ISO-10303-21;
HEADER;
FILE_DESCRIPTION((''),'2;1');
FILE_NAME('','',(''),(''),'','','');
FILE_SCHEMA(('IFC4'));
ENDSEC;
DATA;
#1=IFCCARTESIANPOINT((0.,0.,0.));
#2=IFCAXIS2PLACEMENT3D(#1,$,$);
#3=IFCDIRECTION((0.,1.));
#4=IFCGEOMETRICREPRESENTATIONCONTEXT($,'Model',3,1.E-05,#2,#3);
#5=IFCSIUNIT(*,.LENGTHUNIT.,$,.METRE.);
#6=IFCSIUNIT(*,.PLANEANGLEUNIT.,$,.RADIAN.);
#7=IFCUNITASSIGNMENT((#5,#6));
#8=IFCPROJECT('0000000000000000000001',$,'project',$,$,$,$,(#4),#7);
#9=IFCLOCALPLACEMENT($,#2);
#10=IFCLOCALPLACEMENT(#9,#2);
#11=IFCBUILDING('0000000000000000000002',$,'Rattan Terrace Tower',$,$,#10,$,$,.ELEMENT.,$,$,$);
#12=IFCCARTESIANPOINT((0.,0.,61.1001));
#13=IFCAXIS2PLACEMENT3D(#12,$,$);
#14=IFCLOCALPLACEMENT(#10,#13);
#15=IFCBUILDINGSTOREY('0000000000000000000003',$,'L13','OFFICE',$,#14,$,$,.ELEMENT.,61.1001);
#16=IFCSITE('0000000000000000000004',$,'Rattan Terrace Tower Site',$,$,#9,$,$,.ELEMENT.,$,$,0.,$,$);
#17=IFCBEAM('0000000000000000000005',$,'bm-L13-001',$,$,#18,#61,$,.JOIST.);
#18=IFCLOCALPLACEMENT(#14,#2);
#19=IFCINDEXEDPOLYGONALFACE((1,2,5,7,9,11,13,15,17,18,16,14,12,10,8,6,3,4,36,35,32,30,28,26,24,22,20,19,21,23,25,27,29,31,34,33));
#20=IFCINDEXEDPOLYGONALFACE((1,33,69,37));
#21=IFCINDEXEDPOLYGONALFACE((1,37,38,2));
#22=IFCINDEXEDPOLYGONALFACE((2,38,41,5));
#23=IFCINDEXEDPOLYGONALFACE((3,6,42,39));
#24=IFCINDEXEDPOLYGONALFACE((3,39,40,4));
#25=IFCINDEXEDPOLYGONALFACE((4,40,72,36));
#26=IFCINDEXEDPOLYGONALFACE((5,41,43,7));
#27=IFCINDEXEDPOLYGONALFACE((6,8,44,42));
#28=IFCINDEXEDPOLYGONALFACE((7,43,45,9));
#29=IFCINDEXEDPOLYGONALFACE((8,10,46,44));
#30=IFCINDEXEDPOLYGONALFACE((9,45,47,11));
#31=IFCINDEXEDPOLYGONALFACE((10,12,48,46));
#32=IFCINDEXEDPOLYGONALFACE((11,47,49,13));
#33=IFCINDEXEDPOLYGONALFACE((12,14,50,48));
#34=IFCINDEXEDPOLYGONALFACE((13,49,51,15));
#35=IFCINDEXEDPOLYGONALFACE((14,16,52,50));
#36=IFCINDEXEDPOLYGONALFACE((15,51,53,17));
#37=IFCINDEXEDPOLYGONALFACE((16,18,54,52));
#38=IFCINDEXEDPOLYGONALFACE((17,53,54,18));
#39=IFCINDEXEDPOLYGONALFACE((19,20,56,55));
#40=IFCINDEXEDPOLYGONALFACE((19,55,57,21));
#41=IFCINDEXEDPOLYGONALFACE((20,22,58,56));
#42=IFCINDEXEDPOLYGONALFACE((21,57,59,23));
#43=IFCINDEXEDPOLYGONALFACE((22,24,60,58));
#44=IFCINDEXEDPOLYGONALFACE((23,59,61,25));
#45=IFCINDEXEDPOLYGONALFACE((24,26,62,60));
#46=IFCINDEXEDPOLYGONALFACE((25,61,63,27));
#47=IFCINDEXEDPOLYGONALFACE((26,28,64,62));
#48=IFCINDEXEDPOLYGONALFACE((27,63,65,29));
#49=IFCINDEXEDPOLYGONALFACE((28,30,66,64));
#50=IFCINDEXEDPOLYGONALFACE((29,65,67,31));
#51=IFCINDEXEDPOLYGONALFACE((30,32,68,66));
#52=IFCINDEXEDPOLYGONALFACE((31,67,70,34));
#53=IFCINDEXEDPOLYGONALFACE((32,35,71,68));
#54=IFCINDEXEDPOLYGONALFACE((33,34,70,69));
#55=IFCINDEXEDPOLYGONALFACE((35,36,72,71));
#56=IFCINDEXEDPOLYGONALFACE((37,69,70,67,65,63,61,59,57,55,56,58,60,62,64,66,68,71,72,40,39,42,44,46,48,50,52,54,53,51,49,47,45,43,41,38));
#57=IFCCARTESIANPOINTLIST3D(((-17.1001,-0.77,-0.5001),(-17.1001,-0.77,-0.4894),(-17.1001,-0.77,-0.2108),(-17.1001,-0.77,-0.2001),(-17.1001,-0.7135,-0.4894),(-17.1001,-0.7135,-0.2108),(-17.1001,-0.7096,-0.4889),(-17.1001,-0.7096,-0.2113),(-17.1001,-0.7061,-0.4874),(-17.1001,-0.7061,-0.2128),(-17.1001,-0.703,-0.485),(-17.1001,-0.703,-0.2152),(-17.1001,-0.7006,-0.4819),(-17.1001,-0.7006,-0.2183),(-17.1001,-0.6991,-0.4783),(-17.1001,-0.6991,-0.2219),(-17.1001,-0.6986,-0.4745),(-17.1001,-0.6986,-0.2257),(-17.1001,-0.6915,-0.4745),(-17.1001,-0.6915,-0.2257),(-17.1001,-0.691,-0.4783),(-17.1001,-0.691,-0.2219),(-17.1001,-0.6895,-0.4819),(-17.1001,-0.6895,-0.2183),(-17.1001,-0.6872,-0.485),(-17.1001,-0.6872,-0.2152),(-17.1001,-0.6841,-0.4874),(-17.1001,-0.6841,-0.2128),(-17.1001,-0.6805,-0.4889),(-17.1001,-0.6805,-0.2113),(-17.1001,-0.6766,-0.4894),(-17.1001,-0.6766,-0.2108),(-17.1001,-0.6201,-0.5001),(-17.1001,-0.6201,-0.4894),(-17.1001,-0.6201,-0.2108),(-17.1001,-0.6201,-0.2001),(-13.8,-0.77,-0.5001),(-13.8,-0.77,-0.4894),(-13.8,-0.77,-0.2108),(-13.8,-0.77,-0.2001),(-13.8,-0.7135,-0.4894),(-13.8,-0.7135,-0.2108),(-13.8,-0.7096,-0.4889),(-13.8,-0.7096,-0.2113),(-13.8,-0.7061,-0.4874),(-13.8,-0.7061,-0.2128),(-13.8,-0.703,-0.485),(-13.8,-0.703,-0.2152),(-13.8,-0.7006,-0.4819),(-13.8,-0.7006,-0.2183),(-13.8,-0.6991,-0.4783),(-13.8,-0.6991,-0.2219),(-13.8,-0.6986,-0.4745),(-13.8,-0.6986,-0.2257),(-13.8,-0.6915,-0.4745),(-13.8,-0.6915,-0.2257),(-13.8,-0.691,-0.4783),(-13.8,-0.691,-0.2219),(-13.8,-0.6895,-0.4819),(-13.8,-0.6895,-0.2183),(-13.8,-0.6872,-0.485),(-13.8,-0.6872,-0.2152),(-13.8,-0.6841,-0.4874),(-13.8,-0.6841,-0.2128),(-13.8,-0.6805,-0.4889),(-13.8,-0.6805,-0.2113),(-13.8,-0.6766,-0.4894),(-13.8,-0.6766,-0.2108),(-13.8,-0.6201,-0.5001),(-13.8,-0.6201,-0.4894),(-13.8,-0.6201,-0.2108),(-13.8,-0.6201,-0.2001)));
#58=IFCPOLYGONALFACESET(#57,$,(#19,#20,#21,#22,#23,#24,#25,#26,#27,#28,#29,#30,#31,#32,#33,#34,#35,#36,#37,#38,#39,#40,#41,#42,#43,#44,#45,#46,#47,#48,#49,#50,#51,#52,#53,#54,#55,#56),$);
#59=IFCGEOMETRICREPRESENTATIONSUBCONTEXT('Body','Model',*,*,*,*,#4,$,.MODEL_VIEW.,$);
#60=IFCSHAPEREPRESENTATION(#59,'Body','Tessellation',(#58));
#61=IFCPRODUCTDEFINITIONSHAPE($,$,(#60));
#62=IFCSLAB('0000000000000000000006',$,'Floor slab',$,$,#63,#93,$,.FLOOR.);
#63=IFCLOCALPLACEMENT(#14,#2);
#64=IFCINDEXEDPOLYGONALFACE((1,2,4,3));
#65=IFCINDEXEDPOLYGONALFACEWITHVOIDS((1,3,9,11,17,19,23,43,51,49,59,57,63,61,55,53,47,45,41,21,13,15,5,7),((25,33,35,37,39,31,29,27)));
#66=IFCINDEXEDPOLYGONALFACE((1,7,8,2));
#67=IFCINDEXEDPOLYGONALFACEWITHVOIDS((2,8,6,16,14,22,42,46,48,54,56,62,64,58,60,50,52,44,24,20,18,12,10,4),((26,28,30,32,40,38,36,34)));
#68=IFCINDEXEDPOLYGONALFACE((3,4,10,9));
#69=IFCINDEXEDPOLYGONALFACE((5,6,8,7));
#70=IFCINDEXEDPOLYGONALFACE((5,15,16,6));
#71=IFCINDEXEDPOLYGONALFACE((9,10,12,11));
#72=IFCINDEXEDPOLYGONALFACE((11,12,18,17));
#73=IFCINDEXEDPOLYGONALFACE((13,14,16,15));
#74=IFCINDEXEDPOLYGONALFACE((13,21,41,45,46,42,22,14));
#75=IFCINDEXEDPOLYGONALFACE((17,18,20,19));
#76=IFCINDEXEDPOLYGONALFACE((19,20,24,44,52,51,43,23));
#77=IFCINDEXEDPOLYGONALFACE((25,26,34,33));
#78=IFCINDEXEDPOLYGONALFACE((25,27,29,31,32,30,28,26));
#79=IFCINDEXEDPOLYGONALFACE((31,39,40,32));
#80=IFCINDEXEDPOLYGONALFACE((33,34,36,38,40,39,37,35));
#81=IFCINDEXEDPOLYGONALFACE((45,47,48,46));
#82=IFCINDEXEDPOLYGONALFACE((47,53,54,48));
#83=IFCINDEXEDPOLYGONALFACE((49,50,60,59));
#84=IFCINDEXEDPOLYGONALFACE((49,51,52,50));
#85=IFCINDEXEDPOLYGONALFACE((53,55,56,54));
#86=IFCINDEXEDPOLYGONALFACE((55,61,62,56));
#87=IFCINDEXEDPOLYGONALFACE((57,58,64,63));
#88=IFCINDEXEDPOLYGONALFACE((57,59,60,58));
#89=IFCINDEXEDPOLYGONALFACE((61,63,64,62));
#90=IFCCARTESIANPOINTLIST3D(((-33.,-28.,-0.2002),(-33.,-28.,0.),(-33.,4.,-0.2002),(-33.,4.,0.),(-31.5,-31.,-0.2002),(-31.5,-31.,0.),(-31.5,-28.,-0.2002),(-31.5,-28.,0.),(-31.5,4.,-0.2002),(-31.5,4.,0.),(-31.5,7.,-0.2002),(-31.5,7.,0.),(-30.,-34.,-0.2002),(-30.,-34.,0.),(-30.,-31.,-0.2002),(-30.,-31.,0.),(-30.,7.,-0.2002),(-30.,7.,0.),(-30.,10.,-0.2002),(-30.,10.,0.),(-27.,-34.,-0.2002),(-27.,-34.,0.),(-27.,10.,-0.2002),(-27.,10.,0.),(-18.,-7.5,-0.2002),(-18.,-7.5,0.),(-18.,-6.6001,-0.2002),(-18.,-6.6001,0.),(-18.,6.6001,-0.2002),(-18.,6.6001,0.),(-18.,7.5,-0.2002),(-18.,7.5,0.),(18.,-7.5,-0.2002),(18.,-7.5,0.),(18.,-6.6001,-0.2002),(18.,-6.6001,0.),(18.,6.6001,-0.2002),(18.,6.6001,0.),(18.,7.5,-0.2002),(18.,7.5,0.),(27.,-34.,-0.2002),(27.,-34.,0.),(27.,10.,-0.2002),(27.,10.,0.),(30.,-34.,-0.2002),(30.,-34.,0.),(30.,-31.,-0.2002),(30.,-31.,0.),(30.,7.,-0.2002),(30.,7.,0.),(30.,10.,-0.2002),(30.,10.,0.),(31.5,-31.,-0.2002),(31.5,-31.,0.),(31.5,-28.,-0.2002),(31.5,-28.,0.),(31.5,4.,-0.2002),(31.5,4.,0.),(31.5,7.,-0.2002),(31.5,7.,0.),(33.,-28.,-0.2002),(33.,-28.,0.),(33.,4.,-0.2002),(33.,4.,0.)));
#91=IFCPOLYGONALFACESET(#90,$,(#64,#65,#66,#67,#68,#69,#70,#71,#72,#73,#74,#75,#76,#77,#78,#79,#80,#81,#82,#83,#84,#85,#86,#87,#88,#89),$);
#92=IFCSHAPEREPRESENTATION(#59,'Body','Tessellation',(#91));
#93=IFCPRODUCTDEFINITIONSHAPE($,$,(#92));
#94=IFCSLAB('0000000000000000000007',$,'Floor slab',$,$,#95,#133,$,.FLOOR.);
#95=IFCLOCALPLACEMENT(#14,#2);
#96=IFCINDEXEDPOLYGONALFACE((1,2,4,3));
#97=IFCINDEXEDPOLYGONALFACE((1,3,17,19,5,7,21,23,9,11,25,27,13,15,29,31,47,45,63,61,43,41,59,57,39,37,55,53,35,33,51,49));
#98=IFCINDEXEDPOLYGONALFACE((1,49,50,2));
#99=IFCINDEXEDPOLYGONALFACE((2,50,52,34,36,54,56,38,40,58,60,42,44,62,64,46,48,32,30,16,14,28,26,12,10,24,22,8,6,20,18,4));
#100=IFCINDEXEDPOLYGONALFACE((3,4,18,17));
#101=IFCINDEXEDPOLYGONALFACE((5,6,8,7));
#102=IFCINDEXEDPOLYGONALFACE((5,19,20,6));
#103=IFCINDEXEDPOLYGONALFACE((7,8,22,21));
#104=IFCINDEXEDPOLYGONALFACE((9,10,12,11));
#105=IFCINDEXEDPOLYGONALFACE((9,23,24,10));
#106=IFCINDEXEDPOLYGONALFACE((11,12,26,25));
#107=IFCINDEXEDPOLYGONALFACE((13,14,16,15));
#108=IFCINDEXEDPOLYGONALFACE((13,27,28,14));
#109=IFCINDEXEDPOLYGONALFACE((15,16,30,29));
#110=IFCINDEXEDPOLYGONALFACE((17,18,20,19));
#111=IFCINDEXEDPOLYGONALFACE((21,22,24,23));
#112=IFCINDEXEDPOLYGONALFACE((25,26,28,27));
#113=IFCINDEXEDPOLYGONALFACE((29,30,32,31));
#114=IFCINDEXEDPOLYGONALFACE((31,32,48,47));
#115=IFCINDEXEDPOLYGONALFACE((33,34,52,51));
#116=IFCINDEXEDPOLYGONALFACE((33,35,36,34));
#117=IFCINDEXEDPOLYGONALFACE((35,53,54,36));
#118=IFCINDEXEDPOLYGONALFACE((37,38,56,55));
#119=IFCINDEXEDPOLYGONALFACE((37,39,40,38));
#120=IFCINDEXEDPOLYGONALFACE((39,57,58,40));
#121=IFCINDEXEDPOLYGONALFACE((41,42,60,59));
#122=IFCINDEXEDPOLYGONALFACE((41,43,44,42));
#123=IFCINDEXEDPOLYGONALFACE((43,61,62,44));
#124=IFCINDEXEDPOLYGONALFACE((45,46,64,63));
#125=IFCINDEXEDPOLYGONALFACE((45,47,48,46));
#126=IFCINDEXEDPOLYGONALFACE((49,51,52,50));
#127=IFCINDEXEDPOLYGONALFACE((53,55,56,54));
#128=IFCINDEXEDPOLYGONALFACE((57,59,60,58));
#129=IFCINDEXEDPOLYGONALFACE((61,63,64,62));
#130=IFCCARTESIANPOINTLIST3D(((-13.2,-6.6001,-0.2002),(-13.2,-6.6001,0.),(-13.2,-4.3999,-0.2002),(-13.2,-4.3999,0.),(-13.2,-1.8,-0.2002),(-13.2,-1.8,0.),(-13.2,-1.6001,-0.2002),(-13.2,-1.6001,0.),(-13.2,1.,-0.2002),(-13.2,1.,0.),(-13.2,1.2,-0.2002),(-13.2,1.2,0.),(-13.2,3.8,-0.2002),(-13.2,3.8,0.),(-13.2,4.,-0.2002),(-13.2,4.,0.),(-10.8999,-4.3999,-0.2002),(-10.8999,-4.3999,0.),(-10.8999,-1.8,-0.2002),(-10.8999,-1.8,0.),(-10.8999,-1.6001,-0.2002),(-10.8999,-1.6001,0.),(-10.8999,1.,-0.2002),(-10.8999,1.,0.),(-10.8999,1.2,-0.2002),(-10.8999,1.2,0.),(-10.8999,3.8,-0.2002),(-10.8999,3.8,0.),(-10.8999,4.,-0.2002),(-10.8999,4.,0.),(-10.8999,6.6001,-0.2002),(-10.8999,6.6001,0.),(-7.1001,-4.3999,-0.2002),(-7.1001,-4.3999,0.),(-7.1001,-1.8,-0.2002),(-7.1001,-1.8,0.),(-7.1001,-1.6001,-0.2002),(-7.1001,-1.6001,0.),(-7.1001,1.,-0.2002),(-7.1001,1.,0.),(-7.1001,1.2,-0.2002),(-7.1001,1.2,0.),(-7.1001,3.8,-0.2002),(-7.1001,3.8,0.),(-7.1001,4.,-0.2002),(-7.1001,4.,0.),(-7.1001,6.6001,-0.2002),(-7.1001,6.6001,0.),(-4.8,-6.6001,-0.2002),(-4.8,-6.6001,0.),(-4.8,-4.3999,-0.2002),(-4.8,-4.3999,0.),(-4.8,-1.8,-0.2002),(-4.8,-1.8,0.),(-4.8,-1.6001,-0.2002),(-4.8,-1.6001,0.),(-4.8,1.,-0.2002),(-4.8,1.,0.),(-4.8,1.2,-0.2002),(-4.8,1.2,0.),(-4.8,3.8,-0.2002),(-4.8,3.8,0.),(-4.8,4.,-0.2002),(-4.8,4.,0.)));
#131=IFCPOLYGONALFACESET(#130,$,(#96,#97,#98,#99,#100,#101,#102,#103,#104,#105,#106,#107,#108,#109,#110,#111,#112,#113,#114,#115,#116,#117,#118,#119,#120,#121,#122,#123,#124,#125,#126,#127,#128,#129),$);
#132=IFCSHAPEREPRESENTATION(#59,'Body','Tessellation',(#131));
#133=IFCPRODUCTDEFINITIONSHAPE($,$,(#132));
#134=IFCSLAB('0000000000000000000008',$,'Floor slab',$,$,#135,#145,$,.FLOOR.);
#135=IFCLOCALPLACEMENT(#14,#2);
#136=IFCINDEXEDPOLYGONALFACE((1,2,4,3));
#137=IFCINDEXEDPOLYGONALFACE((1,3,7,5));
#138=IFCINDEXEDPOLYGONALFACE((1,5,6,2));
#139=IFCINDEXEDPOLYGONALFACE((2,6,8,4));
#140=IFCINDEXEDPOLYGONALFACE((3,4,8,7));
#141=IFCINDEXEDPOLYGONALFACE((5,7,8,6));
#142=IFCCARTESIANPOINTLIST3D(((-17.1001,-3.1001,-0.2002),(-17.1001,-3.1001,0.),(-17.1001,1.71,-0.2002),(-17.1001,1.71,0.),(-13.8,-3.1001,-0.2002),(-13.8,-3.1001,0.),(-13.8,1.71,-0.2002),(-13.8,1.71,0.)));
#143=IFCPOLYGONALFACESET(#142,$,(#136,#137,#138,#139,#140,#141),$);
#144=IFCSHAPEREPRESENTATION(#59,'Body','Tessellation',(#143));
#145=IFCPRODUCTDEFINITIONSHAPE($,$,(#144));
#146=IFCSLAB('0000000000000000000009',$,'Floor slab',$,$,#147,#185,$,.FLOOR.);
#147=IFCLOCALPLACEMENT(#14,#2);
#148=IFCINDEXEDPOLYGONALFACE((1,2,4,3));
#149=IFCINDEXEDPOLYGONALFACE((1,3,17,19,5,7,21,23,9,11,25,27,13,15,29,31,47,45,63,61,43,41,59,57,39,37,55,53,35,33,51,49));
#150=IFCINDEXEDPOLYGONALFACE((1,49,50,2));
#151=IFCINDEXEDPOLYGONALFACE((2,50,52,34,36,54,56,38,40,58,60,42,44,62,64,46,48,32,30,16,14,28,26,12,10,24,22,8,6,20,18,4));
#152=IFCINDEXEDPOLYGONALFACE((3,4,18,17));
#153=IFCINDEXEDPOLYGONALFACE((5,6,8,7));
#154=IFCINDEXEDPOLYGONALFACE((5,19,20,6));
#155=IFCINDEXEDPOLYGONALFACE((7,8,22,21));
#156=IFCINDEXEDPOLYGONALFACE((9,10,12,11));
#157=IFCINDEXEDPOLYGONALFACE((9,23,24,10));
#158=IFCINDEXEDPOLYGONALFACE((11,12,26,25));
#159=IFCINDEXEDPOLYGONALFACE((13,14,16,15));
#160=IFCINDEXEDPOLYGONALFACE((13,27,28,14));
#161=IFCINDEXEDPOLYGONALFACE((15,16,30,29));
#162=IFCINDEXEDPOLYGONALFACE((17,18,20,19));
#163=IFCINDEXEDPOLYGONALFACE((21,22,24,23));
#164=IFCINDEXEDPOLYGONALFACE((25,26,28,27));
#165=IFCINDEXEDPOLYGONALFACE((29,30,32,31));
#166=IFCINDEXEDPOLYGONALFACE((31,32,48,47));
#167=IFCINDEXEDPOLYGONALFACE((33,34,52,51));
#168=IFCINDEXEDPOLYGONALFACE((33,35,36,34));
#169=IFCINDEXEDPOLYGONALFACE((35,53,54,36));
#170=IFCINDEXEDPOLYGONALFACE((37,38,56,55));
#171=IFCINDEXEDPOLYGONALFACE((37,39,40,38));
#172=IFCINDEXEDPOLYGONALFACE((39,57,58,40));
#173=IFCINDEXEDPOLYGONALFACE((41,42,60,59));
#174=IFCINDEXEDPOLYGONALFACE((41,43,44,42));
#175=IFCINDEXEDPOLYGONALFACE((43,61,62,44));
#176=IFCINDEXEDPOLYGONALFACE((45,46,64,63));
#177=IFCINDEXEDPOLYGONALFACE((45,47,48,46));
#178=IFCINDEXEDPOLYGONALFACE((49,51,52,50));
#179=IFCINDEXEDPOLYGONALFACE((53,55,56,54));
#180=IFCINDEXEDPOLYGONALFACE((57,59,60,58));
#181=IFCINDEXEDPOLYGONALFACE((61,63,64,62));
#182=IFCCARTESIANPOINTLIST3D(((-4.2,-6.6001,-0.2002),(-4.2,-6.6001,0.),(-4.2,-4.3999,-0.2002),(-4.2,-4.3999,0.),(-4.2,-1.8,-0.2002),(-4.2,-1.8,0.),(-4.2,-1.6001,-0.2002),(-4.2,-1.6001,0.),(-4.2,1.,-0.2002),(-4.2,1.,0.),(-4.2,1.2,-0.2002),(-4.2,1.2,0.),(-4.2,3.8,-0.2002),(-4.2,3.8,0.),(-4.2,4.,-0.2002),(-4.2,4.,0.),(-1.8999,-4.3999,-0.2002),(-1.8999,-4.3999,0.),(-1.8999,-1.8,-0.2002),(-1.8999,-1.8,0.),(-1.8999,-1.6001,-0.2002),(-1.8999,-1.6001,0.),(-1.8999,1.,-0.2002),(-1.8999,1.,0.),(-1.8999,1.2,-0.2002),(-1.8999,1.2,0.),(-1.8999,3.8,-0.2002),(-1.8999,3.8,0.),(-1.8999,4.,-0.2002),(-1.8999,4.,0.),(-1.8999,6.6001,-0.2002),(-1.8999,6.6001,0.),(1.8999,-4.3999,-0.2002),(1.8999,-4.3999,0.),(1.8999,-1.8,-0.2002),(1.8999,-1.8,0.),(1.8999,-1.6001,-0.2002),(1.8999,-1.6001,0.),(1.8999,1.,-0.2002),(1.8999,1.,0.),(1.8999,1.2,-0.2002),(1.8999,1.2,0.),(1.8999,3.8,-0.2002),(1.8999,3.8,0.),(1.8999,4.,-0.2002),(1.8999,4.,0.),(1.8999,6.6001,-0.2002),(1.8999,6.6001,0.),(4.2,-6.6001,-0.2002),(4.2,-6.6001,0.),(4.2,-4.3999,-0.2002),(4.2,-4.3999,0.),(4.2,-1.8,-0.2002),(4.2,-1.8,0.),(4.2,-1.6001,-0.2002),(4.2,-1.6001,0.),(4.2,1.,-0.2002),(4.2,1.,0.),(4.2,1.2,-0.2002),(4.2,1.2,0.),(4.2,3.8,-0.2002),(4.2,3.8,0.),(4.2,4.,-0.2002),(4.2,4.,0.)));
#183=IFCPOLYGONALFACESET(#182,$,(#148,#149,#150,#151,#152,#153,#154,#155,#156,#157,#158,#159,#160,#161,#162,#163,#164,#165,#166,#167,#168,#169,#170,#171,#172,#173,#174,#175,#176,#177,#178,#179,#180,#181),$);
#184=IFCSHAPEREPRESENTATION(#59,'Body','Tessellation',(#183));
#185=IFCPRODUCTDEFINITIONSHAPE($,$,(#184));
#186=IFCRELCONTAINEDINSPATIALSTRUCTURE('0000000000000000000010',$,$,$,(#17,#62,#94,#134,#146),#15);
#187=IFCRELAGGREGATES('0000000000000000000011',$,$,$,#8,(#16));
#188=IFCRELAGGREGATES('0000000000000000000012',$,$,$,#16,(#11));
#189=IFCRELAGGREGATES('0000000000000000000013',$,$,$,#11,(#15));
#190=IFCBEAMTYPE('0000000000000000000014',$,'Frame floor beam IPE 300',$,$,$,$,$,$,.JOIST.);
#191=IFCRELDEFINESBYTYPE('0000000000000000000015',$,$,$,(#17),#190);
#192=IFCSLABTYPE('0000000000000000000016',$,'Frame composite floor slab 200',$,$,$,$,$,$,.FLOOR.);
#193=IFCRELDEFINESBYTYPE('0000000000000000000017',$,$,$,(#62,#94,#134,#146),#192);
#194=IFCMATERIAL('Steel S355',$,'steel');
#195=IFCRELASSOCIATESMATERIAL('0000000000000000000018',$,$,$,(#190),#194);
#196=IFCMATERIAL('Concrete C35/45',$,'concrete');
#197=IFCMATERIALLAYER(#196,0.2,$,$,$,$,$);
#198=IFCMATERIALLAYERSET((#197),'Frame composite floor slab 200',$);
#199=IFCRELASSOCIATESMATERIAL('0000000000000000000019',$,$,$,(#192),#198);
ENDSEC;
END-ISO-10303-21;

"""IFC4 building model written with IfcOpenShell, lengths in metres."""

from ifc_helpers import new_model, si_unit, direction, frame, origin, origin_2d, place, context, subcontext, project, spatial, polyline, i_section, outline, extrude, material, layer, layer_set, material_profile, profile_set, type_object, element, save


model = new_model("IFC4")

# Units and contexts
model_context = context("Model", 3, precision=1e-05, world=origin(), true_north=direction((0.0, 1.0)))
body_context = subcontext(model_context, "Body", "Model", "MODEL_VIEW")
ifc_project = project(units=[si_unit("LENGTHUNIT", "METRE"), si_unit("PLANEANGLEUNIT", "RADIAN")], contexts=[model_context])

# Site, building, storey
site_placement = place(None, origin())
site = spatial("IfcSite", under=ifc_project, at=site_placement, Name="Rattan Terrace Tower Site", CompositionType="ELEMENT", RefElevation=0.0)
building_placement = place(site_placement, origin())
building = spatial("IfcBuilding", under=site, at=building_placement, Name="Rattan Terrace Tower", CompositionType="ELEMENT")
storey_placement = place(building_placement, frame((0.0, 0.0, 61.1001)))
storey = spatial("IfcBuildingStorey", under=building, at=storey_placement, Name="L13", Description="OFFICE", CompositionType="ELEMENT", Elevation=61.1001)

# Beam
ifc_material_1 = material(Name="Steel S355", Category="steel")
ifc_material_profile = material_profile(ifc_material_1, i_section(OverallWidth=0.1499, OverallDepth=0.3, WebThickness=0.0071, FlangeThickness=0.0107, FilletRadius=0.0149, at=origin_2d()), Name="IPE 300")
ifc_profile_set = profile_set([ifc_material_profile], Name="Steel S355")
beam_type = type_object("IfcBeamType", Name="Frame floor beam IPE 300", PredefinedType="JOIST", material=ifc_profile_set)
beam_placement = place(storey_placement, frame((-17.1001, -0.6951, -0.3501), z_axis=(1.0, 0.0, 0.0), x_axis=(0.0, 1.0, 0.0)))
element("IfcBeam", 1, at=beam_placement, inside=storey, type_object=beam_type, Name="bm-L13-001", PredefinedType="JOIST", context=body_context, shape_type="SweptSolid", body=[
    extrude(i_section(OverallWidth=0.1499, OverallDepth=0.3, WebThickness=0.0071, FlangeThickness=0.0107, FilletRadius=0.0149, at=origin_2d()), origin(), (0.0, 0.0, 1.0), 3.3),
])

# Slabs
ifc_material_2 = material(Name="Concrete C35/45", Category="concrete")
ifc_layer_1 = layer(ifc_material_2, 0.2)
ifc_layer_set_1 = layer_set([ifc_layer_1], Name="Frame composite floor slab 200")
slab_type = type_object("IfcSlabType", Name="Frame composite floor slab 200", PredefinedType="FLOOR", material=ifc_layer_set_1)
slab_1_placement = place(storey_placement, frame((0.0, 0.0, -0.2002)))
element("IfcSlab", 2, at=slab_1_placement, inside=storey, type_object=slab_type, Name="Floor slab", PredefinedType="FLOOR", context=body_context, shape_type="SweptSolid", body=[
    extrude(outline(polyline([(-27.0, -34.0), (27.0, -34.0), (30.0, -34.0), (30.0, -31.0), (31.5, -31.0), (31.5, -28.0), (33.0, -28.0), (33.0, 4.0), (31.5, 4.0), (31.5, 7.0), (30.0, 7.0), (30.0, 10.0), (27.0, 10.0), (-27.0, 10.0), (-30.0, 10.0), (-30.0, 7.0), (-31.5, 7.0), (-31.5, 4.0), (-33.0, 4.0), (-33.0, -28.0), (-31.5, -28.0), (-31.5, -31.0), (-30.0, -31.0), (-30.0, -34.0), (-27.0, -34.0)]), holes=[polyline([(-18.0, -6.6001), (-18.0, -7.5), (18.0, -7.5), (18.0, -6.6001), (18.0, 6.6001), (18.0, 7.5), (-18.0, 7.5), (-18.0, 6.6001), (-18.0, -6.6001)])]), origin(), (0.0, 0.0, 1.0), 0.2002),
])
slab_2_placement = place(storey_placement, frame((0.0, 0.0, -0.2002)))
element("IfcSlab", 3, at=slab_2_placement, inside=storey, type_object=slab_type, Name="Floor slab", PredefinedType="FLOOR", context=body_context, shape_type="SweptSolid", body=[
    extrude(outline(polyline([(-10.8999, 6.6001), (-10.8999, 4.0), (-13.2, 4.0), (-13.2, 3.8), (-10.8999, 3.8), (-10.8999, 1.2), (-13.2, 1.2), (-13.2, 1.0), (-10.8999, 1.0), (-10.8999, -1.6001), (-13.2, -1.6001), (-13.2, -1.8), (-10.8999, -1.8), (-10.8999, -4.3999), (-13.2, -4.3999), (-13.2, -6.6001), (-4.8, -6.6001), (-4.8, -4.3999), (-7.1001, -4.3999), (-7.1001, -1.8), (-4.8, -1.8), (-4.8, -1.6001), (-7.1001, -1.6001), (-7.1001, 1.0), (-4.8, 1.0), (-4.8, 1.2), (-7.1001, 1.2), (-7.1001, 3.8), (-4.8, 3.8), (-4.8, 4.0), (-7.1001, 4.0), (-7.1001, 6.6001), (-10.8999, 6.6001)])), origin(), (0.0, 0.0, 1.0), 0.2002),
])
slab_3_placement = place(storey_placement, frame((0.0, 0.0, -0.2002)))
element("IfcSlab", 4, at=slab_3_placement, inside=storey, type_object=slab_type, Name="Floor slab", PredefinedType="FLOOR", context=body_context, shape_type="SweptSolid", body=[
    extrude(outline(polyline([(-17.1001, -3.1001), (-13.8, -3.1001), (-13.8, 1.71), (-17.1001, 1.71), (-17.1001, -3.1001)])), origin(), (0.0, 0.0, 1.0), 0.2002),
])
slab_4_placement = place(storey_placement, frame((0.0, 0.0, -0.2002)))
element("IfcSlab", 5, at=slab_4_placement, inside=storey, type_object=slab_type, Name="Floor slab", PredefinedType="FLOOR", context=body_context, shape_type="SweptSolid", body=[
    extrude(outline(polyline([(-4.2, 4.0), (-4.2, 3.8), (-1.8999, 3.8), (-1.8999, 1.2), (-4.2, 1.2), (-4.2, 1.0), (-1.8999, 1.0), (-1.8999, -1.6001), (-4.2, -1.6001), (-4.2, -1.8), (-1.8999, -1.8), (-1.8999, -4.3999), (-4.2, -4.3999), (-4.2, -6.6001), (4.2, -6.6001), (4.2, -4.3999), (1.8999, -4.3999), (1.8999, -1.8), (4.2, -1.8), (4.2, -1.6001), (1.8999, -1.6001), (1.8999, 1.0), (4.2, 1.0), (4.2, 1.2), (1.8999, 1.2), (1.8999, 3.8), (4.2, 3.8), (4.2, 4.0), (1.8999, 4.0), (1.8999, 6.6001), (-1.8999, 6.6001), (-1.8999, 4.0), (-4.2, 4.0)])), origin(), (0.0, 0.0, 1.0), 0.2002),
])

save(model, "model.ifc")
